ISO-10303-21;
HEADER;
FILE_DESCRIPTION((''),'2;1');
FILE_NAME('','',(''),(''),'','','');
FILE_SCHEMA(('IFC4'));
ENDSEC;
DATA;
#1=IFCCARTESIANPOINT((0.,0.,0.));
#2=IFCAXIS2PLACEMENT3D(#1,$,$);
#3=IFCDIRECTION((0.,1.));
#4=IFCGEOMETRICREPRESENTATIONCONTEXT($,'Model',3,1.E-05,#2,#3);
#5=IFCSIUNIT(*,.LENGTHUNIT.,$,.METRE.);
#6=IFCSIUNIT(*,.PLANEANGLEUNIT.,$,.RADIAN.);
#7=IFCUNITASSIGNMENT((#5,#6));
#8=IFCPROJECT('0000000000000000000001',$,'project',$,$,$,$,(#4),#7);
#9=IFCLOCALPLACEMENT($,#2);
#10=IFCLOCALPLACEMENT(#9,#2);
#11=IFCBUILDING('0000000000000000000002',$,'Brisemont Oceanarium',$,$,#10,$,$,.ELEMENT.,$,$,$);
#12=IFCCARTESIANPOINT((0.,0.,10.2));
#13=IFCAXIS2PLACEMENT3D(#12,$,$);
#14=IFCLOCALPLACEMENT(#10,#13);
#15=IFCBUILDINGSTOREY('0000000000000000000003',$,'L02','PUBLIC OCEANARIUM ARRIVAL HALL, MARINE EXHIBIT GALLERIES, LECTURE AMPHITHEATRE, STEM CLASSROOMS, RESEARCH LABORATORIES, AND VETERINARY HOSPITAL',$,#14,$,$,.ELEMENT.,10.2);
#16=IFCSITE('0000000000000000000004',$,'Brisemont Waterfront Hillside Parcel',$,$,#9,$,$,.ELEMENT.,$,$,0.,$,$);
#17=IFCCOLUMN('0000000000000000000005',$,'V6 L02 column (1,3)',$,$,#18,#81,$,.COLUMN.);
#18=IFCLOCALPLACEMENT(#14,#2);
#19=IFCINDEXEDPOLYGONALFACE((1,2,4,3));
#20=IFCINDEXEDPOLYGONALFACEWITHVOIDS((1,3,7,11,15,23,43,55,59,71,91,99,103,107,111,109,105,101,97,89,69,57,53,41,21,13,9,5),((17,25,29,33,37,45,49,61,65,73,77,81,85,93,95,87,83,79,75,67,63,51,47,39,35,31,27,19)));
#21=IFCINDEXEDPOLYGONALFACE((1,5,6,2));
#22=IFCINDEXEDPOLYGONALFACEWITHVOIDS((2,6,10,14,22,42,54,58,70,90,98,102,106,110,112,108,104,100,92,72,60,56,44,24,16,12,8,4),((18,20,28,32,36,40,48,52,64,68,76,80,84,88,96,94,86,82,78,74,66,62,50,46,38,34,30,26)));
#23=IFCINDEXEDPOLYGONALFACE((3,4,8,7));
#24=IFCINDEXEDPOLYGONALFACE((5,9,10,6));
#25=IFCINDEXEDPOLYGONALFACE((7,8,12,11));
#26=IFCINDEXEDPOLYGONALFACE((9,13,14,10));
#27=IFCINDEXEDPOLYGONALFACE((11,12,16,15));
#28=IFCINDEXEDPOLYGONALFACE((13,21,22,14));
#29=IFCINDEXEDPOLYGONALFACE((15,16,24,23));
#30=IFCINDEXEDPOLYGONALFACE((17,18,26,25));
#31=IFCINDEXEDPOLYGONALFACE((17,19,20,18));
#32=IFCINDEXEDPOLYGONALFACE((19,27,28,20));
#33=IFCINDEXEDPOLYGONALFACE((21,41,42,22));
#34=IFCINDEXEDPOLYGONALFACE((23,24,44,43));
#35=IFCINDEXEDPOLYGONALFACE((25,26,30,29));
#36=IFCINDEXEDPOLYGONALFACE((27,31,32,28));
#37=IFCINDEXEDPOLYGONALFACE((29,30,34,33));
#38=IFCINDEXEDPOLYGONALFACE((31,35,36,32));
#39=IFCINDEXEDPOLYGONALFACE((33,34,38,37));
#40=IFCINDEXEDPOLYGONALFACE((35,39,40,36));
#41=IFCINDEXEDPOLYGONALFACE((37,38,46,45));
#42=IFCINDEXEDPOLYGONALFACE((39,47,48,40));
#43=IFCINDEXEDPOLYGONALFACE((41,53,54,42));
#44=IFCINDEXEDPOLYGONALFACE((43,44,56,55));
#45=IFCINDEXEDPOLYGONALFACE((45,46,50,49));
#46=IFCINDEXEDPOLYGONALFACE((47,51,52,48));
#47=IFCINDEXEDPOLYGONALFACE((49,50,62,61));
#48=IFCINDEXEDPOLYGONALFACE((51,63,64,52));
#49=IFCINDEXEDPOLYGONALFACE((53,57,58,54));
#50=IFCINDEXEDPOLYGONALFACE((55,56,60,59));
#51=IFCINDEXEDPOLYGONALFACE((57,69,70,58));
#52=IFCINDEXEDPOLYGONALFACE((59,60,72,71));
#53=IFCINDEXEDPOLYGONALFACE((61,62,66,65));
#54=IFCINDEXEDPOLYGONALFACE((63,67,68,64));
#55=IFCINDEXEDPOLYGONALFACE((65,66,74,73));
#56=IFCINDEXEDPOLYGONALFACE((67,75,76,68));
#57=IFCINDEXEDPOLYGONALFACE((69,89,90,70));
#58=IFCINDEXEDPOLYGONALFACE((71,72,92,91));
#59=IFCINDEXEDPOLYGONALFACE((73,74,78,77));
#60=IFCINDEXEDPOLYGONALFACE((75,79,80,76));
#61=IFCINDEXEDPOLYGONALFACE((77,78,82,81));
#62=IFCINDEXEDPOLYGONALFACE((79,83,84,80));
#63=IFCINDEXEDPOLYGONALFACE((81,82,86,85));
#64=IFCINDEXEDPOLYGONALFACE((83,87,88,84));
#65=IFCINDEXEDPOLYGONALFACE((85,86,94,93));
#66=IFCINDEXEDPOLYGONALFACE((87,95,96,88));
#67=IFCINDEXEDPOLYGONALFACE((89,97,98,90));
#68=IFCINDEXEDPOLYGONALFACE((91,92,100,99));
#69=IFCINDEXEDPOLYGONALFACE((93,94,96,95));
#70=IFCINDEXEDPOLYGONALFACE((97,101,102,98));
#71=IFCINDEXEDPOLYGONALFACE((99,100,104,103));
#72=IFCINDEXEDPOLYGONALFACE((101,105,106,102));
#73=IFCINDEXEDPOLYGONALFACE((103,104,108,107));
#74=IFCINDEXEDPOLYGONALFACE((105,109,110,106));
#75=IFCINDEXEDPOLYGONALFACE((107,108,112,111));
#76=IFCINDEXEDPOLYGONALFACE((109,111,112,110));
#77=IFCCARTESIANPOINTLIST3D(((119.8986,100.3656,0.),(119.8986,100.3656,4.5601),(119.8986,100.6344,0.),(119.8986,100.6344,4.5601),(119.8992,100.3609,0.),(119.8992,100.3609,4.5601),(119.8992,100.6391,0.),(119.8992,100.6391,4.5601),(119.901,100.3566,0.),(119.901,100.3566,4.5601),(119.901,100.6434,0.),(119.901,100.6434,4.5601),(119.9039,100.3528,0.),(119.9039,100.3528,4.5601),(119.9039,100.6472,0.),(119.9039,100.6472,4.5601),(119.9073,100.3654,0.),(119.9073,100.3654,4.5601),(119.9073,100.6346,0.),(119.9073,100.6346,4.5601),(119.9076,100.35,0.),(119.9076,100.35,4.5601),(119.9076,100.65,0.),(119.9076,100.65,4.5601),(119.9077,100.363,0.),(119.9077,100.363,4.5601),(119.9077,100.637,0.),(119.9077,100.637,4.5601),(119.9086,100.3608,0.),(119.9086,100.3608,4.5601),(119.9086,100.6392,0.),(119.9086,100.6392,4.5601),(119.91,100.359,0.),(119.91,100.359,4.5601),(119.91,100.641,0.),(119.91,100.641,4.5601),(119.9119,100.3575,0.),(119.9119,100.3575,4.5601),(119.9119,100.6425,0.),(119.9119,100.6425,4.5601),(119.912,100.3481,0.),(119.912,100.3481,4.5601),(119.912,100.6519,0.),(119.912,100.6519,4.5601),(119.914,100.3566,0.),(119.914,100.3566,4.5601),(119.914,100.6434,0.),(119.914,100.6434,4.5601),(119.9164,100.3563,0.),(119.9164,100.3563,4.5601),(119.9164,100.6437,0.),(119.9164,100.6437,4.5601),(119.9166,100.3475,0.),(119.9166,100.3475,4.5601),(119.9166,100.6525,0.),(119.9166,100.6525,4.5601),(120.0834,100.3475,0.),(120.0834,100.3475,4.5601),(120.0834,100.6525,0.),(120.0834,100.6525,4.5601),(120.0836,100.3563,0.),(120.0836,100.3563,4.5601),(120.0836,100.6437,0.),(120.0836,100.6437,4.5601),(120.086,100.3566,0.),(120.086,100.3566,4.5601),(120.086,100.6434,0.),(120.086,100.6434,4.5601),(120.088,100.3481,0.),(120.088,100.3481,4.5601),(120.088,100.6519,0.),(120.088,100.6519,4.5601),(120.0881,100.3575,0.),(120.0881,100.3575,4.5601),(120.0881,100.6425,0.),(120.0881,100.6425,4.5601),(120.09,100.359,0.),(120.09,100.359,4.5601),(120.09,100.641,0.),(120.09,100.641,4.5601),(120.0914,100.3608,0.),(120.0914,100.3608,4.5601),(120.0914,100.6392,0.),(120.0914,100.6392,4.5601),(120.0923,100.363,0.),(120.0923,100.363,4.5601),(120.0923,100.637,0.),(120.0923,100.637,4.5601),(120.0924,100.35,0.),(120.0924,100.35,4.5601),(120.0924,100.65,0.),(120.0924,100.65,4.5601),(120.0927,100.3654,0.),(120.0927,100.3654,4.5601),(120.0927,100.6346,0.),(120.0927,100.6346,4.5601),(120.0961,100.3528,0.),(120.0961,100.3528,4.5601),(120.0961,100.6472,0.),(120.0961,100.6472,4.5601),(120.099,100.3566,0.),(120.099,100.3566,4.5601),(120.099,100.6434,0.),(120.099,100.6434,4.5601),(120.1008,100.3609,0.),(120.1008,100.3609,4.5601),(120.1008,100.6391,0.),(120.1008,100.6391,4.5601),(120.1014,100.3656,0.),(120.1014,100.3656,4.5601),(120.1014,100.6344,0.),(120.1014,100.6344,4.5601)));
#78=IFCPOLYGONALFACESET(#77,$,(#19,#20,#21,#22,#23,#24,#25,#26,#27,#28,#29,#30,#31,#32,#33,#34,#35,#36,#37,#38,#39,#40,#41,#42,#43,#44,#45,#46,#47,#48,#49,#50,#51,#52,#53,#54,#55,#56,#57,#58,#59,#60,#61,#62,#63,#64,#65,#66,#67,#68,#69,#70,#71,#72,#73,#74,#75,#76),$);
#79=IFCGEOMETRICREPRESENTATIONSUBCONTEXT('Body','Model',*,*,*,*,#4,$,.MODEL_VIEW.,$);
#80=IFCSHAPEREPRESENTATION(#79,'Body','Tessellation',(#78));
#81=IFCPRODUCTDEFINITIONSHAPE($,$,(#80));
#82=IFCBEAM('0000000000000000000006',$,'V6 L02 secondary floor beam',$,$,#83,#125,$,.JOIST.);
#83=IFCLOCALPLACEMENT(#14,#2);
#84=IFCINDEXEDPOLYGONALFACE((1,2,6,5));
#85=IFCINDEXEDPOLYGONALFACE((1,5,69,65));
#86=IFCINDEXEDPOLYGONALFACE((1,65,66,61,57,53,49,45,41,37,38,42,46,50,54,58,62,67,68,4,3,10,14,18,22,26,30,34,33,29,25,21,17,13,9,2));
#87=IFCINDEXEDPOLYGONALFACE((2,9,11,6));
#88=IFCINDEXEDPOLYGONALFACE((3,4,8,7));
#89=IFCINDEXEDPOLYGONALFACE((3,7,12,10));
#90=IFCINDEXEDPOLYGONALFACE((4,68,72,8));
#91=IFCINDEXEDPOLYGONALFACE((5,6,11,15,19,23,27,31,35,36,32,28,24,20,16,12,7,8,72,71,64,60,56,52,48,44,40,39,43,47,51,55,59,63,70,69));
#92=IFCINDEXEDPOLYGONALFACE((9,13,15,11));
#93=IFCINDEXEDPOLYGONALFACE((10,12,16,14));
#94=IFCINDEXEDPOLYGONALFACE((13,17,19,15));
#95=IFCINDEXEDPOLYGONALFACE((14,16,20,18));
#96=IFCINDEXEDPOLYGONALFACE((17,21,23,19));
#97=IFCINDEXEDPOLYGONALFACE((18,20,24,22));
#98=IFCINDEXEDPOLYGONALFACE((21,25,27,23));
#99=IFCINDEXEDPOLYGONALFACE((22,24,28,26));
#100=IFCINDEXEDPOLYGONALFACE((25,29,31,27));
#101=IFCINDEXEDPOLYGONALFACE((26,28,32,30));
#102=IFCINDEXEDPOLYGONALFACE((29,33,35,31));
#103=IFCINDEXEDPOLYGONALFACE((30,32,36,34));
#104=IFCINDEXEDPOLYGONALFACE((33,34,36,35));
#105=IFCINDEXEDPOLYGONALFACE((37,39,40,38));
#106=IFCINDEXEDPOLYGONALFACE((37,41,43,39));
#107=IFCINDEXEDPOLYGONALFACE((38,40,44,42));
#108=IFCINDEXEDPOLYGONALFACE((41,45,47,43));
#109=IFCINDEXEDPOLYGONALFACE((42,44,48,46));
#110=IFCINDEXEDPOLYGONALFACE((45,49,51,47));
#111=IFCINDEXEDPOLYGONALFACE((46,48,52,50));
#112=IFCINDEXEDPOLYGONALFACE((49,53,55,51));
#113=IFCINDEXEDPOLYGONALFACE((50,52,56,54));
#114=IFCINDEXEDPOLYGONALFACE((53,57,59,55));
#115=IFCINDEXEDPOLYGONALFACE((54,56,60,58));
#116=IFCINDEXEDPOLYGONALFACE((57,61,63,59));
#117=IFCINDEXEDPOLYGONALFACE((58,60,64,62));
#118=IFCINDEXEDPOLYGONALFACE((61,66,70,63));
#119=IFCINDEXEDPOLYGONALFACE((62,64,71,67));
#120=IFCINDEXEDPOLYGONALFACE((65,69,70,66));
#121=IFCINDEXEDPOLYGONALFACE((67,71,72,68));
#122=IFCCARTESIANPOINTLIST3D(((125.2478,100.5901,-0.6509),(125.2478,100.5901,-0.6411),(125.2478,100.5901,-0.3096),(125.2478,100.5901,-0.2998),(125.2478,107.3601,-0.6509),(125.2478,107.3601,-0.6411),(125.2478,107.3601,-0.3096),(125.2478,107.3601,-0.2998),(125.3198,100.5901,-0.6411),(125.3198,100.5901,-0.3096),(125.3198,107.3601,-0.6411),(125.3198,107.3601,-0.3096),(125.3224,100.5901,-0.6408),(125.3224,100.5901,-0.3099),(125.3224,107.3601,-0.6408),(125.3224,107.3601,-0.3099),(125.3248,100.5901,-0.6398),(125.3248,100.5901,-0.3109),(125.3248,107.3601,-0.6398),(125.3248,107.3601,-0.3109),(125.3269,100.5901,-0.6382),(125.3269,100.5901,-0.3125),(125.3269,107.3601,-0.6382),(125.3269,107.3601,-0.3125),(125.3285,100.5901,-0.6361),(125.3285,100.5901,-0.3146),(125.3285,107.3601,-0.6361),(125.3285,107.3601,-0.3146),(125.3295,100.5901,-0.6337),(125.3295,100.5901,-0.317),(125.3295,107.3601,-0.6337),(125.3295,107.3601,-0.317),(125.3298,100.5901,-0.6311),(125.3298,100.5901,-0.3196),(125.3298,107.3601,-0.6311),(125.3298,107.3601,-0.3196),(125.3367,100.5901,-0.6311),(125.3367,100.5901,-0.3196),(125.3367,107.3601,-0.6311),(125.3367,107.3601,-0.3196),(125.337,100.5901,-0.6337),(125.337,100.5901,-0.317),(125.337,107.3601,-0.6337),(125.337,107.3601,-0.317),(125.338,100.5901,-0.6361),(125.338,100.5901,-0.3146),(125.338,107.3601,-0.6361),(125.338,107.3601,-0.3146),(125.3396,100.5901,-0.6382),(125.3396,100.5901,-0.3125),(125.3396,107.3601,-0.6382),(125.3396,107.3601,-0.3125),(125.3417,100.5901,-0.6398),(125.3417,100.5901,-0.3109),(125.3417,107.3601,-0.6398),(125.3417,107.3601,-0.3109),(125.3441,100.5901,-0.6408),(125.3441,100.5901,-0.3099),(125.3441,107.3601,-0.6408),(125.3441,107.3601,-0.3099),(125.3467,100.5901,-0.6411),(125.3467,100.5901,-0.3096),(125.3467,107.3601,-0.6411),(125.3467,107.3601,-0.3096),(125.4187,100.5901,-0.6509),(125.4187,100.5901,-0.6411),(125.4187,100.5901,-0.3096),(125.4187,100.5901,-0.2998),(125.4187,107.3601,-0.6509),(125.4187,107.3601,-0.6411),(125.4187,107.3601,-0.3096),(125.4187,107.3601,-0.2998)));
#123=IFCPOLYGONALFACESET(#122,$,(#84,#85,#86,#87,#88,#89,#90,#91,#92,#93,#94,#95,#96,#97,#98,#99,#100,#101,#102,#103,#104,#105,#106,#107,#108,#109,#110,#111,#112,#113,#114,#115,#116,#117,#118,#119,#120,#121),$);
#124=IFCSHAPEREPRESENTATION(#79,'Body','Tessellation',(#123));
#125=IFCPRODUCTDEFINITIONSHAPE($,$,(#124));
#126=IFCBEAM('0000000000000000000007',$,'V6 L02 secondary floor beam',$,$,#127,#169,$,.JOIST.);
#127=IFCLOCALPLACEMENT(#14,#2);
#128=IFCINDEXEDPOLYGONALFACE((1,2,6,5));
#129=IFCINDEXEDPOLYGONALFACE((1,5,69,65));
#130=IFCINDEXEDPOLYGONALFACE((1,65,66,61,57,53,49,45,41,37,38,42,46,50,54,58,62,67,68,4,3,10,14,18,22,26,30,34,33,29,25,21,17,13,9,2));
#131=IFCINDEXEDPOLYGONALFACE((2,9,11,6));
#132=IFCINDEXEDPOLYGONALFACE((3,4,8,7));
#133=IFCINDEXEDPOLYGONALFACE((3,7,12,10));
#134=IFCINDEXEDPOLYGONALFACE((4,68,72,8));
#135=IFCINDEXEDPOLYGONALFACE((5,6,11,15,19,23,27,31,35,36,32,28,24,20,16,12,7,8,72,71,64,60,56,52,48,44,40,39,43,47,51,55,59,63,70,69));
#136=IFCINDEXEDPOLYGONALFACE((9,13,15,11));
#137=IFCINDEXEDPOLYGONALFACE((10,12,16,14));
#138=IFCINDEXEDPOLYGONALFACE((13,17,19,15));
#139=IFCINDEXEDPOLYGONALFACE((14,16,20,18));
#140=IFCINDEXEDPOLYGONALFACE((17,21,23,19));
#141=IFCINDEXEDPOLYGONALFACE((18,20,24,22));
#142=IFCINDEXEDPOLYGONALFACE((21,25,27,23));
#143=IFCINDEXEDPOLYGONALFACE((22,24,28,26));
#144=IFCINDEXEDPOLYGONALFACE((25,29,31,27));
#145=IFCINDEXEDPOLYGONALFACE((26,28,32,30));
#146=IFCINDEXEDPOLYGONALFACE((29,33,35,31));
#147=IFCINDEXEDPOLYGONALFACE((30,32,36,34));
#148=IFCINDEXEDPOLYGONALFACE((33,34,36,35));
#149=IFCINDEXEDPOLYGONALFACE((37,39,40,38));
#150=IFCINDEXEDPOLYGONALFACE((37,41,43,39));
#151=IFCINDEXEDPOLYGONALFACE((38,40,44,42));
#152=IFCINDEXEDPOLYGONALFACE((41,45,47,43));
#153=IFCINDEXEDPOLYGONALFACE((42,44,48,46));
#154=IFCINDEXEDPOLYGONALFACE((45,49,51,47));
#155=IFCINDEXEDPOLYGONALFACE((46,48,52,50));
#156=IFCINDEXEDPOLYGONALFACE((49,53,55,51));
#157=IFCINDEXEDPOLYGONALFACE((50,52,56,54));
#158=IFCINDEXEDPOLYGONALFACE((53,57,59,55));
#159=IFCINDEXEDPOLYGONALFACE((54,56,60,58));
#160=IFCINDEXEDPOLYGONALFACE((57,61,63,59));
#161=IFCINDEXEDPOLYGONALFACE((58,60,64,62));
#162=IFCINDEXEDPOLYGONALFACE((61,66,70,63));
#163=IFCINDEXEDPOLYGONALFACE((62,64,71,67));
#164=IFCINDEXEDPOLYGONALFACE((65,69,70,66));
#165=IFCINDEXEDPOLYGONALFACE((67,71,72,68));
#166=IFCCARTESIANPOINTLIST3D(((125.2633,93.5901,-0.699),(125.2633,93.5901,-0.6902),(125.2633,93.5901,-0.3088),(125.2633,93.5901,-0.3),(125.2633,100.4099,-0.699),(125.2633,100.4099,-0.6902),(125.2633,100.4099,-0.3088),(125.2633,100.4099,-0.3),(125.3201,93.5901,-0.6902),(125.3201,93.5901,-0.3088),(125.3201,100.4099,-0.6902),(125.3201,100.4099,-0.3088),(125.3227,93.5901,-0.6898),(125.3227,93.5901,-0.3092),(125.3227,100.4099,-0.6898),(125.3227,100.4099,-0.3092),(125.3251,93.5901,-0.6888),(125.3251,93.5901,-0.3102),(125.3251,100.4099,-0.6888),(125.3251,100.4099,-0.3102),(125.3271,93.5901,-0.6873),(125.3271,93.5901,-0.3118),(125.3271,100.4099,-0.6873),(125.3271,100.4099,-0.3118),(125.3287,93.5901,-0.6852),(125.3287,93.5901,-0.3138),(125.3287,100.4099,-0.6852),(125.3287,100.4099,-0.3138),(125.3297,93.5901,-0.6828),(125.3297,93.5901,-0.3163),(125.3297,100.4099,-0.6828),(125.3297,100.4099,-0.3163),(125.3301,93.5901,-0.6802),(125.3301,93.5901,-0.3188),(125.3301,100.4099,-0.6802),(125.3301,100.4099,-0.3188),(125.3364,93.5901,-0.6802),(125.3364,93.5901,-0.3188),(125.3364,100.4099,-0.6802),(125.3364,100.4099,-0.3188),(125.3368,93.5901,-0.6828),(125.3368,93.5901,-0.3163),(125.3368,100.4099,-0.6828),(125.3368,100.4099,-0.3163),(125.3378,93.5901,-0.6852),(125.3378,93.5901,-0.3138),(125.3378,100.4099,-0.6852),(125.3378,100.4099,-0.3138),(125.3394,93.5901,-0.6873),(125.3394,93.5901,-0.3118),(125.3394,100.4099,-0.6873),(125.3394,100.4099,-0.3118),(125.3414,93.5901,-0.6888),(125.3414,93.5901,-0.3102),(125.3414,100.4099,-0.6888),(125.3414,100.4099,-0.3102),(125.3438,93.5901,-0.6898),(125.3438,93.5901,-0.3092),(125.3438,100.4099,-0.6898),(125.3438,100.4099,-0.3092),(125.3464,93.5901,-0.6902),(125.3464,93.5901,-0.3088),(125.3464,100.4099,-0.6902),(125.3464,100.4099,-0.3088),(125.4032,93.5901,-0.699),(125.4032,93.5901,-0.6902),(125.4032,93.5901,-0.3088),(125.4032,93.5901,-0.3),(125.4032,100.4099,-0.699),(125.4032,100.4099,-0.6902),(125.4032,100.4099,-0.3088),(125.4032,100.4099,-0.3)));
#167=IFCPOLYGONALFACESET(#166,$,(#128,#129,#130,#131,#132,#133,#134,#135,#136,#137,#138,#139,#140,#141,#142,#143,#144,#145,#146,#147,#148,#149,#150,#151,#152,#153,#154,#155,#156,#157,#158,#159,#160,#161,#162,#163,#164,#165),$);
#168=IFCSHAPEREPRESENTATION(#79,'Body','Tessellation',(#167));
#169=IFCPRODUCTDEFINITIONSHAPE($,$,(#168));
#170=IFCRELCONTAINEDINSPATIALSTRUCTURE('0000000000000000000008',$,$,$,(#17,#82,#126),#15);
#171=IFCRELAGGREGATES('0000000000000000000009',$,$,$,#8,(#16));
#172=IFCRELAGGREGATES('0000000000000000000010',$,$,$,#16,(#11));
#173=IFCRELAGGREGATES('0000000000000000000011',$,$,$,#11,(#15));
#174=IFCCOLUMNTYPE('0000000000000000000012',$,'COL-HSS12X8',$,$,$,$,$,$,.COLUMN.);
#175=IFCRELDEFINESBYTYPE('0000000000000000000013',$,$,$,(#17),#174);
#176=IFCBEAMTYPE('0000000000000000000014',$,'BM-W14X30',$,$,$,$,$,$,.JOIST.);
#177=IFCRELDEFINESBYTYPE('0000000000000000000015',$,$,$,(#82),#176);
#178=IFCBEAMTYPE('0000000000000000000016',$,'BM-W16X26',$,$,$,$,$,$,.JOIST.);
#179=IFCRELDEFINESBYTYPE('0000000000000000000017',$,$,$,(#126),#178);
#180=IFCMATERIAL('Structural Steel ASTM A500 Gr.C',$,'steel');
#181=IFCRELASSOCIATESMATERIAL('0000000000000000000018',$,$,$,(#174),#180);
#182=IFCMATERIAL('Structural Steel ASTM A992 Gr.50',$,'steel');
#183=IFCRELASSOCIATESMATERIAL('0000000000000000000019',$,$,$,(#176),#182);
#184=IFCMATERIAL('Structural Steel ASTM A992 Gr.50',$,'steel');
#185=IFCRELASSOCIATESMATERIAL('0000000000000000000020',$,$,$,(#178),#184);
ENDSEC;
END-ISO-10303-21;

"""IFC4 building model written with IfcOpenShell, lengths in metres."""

from ifc_helpers import new_model, si_unit, direction, frame, origin, origin_2d, place, context, subcontext, project, spatial, hollow_rectangle, i_section, extrude, material, material_profile, profile_set, type_object, element, save


model = new_model("IFC4")

# Units and contexts
model_context = context("Model", 3, precision=1e-05, world=origin(), true_north=direction((0.0, 1.0)))
body_context = subcontext(model_context, "Body", "Model", "MODEL_VIEW")
ifc_project = project(units=[si_unit("LENGTHUNIT", "METRE"), si_unit("PLANEANGLEUNIT", "RADIAN")], contexts=[model_context])

# Site, building, storey
site_placement = place(None, origin())
site = spatial("IfcSite", under=ifc_project, at=site_placement, Name="Brisemont Waterfront Hillside Parcel", CompositionType="ELEMENT", RefElevation=0.0)
building_placement = place(site_placement, origin())
building = spatial("IfcBuilding", under=site, at=building_placement, Name="Brisemont Oceanarium", CompositionType="ELEMENT")
storey_placement = place(building_placement, frame((0.0, 0.0, 10.2)))
storey = spatial("IfcBuildingStorey", under=building, at=storey_placement, Name="L02", Description="PUBLIC OCEANARIUM ARRIVAL HALL, MARINE EXHIBIT GALLERIES, LECTURE AMPHITHEATRE, STEM CLASSROOMS, RESEARCH LABORATORIES, AND VETERINARY HOSPITAL", CompositionType="ELEMENT", Elevation=10.2)

# Column
ifc_material_1 = material(Name="Structural Steel ASTM A500 Gr.C", Category="steel")
ifc_material_profile_1 = material_profile(ifc_material_1, hollow_rectangle(XDim=0.2029, YDim=0.3049, WallThickness=0.0088, InnerFilletRadius=0.009, OuterFilletRadius=0.0181, at=origin_2d()), Name="HSS12X8X3/8")
ifc_profile_set_1 = profile_set([ifc_material_profile_1], Name="Structural Steel ASTM A500 Gr.C")
column_type_1 = type_object("IfcColumnType", Name="COL-HSS12X8", PredefinedType="COLUMN", material=ifc_profile_set_1)
column_1_placement = place(storey_placement, frame((120.0, 100.5, 0.0), z_axis=(0.0, 0.0, 1.0), x_axis=(1.0, 0.0, 0.0)))
element("IfcColumn", 1, at=column_1_placement, inside=storey, type_object=column_type_1, Name="V6 L02 column (1,3)", PredefinedType="COLUMN", context=body_context, shape_type="SweptSolid", body=[
    extrude(hollow_rectangle(XDim=0.2029, YDim=0.3049, WallThickness=0.0088, InnerFilletRadius=0.009, OuterFilletRadius=0.0181, at=origin_2d()), origin(), (0.0, 0.0, 1.0), 4.5601),
])

# Beams
ifc_material_2 = material(Name="Structural Steel ASTM A992 Gr.50", Category="steel")
ifc_material_profile_2 = material_profile(ifc_material_2, i_section(OverallWidth=0.1709, OverallDepth=0.3511, WebThickness=0.0068, FlangeThickness=0.0098, FilletRadius=0.01, at=origin_2d()), Name="W14X30")
ifc_profile_set_2 = profile_set([ifc_material_profile_2], Name="Structural Steel ASTM A992 Gr.50")
beam_type_1 = type_object("IfcBeamType", Name="BM-W14X30", PredefinedType="JOIST", material=ifc_profile_set_2)
beam_1_placement = place(storey_placement, frame((125.3333, 100.5901, -0.4753), z_axis=(0.0, 1.0, 0.0), x_axis=(-1.0, 0.0, 0.0)))
element("IfcBeam", 2, at=beam_1_placement, inside=storey, type_object=beam_type_1, Name="V6 L02 secondary floor beam", PredefinedType="JOIST", context=body_context, shape_type="SweptSolid", body=[
    extrude(i_section(OverallWidth=0.1709, OverallDepth=0.3511, WebThickness=0.0068, FlangeThickness=0.0098, FilletRadius=0.01, at=origin_2d()), origin(), (0.0, 0.0, 1.0), 6.77),
])
ifc_material_3 = material(Name="Structural Steel ASTM A992 Gr.50", Category="steel")
ifc_material_profile_3 = material_profile(ifc_material_3, i_section(OverallWidth=0.1399, OverallDepth=0.3989, WebThickness=0.0063, FlangeThickness=0.0088, FilletRadius=0.01, at=origin_2d()), Name="W16X26")
ifc_profile_set_3 = profile_set([ifc_material_profile_3], Name="Structural Steel ASTM A992 Gr.50")
beam_type_2 = type_object("IfcBeamType", Name="BM-W16X26", PredefinedType="JOIST", material=ifc_profile_set_3)
beam_2_placement = place(storey_placement, frame((125.3333, 93.5901, -0.4995), z_axis=(0.0, 1.0, 0.0), x_axis=(-1.0, 0.0, 0.0)))
element("IfcBeam", 3, at=beam_2_placement, inside=storey, type_object=beam_type_2, Name="V6 L02 secondary floor beam", PredefinedType="JOIST", context=body_context, shape_type="SweptSolid", body=[
    extrude(i_section(OverallWidth=0.1399, OverallDepth=0.3989, WebThickness=0.0063, FlangeThickness=0.0088, FilletRadius=0.01, at=origin_2d()), origin(), (0.0, 0.0, 1.0), 6.8198),
])

save(model, "model.ifc")
